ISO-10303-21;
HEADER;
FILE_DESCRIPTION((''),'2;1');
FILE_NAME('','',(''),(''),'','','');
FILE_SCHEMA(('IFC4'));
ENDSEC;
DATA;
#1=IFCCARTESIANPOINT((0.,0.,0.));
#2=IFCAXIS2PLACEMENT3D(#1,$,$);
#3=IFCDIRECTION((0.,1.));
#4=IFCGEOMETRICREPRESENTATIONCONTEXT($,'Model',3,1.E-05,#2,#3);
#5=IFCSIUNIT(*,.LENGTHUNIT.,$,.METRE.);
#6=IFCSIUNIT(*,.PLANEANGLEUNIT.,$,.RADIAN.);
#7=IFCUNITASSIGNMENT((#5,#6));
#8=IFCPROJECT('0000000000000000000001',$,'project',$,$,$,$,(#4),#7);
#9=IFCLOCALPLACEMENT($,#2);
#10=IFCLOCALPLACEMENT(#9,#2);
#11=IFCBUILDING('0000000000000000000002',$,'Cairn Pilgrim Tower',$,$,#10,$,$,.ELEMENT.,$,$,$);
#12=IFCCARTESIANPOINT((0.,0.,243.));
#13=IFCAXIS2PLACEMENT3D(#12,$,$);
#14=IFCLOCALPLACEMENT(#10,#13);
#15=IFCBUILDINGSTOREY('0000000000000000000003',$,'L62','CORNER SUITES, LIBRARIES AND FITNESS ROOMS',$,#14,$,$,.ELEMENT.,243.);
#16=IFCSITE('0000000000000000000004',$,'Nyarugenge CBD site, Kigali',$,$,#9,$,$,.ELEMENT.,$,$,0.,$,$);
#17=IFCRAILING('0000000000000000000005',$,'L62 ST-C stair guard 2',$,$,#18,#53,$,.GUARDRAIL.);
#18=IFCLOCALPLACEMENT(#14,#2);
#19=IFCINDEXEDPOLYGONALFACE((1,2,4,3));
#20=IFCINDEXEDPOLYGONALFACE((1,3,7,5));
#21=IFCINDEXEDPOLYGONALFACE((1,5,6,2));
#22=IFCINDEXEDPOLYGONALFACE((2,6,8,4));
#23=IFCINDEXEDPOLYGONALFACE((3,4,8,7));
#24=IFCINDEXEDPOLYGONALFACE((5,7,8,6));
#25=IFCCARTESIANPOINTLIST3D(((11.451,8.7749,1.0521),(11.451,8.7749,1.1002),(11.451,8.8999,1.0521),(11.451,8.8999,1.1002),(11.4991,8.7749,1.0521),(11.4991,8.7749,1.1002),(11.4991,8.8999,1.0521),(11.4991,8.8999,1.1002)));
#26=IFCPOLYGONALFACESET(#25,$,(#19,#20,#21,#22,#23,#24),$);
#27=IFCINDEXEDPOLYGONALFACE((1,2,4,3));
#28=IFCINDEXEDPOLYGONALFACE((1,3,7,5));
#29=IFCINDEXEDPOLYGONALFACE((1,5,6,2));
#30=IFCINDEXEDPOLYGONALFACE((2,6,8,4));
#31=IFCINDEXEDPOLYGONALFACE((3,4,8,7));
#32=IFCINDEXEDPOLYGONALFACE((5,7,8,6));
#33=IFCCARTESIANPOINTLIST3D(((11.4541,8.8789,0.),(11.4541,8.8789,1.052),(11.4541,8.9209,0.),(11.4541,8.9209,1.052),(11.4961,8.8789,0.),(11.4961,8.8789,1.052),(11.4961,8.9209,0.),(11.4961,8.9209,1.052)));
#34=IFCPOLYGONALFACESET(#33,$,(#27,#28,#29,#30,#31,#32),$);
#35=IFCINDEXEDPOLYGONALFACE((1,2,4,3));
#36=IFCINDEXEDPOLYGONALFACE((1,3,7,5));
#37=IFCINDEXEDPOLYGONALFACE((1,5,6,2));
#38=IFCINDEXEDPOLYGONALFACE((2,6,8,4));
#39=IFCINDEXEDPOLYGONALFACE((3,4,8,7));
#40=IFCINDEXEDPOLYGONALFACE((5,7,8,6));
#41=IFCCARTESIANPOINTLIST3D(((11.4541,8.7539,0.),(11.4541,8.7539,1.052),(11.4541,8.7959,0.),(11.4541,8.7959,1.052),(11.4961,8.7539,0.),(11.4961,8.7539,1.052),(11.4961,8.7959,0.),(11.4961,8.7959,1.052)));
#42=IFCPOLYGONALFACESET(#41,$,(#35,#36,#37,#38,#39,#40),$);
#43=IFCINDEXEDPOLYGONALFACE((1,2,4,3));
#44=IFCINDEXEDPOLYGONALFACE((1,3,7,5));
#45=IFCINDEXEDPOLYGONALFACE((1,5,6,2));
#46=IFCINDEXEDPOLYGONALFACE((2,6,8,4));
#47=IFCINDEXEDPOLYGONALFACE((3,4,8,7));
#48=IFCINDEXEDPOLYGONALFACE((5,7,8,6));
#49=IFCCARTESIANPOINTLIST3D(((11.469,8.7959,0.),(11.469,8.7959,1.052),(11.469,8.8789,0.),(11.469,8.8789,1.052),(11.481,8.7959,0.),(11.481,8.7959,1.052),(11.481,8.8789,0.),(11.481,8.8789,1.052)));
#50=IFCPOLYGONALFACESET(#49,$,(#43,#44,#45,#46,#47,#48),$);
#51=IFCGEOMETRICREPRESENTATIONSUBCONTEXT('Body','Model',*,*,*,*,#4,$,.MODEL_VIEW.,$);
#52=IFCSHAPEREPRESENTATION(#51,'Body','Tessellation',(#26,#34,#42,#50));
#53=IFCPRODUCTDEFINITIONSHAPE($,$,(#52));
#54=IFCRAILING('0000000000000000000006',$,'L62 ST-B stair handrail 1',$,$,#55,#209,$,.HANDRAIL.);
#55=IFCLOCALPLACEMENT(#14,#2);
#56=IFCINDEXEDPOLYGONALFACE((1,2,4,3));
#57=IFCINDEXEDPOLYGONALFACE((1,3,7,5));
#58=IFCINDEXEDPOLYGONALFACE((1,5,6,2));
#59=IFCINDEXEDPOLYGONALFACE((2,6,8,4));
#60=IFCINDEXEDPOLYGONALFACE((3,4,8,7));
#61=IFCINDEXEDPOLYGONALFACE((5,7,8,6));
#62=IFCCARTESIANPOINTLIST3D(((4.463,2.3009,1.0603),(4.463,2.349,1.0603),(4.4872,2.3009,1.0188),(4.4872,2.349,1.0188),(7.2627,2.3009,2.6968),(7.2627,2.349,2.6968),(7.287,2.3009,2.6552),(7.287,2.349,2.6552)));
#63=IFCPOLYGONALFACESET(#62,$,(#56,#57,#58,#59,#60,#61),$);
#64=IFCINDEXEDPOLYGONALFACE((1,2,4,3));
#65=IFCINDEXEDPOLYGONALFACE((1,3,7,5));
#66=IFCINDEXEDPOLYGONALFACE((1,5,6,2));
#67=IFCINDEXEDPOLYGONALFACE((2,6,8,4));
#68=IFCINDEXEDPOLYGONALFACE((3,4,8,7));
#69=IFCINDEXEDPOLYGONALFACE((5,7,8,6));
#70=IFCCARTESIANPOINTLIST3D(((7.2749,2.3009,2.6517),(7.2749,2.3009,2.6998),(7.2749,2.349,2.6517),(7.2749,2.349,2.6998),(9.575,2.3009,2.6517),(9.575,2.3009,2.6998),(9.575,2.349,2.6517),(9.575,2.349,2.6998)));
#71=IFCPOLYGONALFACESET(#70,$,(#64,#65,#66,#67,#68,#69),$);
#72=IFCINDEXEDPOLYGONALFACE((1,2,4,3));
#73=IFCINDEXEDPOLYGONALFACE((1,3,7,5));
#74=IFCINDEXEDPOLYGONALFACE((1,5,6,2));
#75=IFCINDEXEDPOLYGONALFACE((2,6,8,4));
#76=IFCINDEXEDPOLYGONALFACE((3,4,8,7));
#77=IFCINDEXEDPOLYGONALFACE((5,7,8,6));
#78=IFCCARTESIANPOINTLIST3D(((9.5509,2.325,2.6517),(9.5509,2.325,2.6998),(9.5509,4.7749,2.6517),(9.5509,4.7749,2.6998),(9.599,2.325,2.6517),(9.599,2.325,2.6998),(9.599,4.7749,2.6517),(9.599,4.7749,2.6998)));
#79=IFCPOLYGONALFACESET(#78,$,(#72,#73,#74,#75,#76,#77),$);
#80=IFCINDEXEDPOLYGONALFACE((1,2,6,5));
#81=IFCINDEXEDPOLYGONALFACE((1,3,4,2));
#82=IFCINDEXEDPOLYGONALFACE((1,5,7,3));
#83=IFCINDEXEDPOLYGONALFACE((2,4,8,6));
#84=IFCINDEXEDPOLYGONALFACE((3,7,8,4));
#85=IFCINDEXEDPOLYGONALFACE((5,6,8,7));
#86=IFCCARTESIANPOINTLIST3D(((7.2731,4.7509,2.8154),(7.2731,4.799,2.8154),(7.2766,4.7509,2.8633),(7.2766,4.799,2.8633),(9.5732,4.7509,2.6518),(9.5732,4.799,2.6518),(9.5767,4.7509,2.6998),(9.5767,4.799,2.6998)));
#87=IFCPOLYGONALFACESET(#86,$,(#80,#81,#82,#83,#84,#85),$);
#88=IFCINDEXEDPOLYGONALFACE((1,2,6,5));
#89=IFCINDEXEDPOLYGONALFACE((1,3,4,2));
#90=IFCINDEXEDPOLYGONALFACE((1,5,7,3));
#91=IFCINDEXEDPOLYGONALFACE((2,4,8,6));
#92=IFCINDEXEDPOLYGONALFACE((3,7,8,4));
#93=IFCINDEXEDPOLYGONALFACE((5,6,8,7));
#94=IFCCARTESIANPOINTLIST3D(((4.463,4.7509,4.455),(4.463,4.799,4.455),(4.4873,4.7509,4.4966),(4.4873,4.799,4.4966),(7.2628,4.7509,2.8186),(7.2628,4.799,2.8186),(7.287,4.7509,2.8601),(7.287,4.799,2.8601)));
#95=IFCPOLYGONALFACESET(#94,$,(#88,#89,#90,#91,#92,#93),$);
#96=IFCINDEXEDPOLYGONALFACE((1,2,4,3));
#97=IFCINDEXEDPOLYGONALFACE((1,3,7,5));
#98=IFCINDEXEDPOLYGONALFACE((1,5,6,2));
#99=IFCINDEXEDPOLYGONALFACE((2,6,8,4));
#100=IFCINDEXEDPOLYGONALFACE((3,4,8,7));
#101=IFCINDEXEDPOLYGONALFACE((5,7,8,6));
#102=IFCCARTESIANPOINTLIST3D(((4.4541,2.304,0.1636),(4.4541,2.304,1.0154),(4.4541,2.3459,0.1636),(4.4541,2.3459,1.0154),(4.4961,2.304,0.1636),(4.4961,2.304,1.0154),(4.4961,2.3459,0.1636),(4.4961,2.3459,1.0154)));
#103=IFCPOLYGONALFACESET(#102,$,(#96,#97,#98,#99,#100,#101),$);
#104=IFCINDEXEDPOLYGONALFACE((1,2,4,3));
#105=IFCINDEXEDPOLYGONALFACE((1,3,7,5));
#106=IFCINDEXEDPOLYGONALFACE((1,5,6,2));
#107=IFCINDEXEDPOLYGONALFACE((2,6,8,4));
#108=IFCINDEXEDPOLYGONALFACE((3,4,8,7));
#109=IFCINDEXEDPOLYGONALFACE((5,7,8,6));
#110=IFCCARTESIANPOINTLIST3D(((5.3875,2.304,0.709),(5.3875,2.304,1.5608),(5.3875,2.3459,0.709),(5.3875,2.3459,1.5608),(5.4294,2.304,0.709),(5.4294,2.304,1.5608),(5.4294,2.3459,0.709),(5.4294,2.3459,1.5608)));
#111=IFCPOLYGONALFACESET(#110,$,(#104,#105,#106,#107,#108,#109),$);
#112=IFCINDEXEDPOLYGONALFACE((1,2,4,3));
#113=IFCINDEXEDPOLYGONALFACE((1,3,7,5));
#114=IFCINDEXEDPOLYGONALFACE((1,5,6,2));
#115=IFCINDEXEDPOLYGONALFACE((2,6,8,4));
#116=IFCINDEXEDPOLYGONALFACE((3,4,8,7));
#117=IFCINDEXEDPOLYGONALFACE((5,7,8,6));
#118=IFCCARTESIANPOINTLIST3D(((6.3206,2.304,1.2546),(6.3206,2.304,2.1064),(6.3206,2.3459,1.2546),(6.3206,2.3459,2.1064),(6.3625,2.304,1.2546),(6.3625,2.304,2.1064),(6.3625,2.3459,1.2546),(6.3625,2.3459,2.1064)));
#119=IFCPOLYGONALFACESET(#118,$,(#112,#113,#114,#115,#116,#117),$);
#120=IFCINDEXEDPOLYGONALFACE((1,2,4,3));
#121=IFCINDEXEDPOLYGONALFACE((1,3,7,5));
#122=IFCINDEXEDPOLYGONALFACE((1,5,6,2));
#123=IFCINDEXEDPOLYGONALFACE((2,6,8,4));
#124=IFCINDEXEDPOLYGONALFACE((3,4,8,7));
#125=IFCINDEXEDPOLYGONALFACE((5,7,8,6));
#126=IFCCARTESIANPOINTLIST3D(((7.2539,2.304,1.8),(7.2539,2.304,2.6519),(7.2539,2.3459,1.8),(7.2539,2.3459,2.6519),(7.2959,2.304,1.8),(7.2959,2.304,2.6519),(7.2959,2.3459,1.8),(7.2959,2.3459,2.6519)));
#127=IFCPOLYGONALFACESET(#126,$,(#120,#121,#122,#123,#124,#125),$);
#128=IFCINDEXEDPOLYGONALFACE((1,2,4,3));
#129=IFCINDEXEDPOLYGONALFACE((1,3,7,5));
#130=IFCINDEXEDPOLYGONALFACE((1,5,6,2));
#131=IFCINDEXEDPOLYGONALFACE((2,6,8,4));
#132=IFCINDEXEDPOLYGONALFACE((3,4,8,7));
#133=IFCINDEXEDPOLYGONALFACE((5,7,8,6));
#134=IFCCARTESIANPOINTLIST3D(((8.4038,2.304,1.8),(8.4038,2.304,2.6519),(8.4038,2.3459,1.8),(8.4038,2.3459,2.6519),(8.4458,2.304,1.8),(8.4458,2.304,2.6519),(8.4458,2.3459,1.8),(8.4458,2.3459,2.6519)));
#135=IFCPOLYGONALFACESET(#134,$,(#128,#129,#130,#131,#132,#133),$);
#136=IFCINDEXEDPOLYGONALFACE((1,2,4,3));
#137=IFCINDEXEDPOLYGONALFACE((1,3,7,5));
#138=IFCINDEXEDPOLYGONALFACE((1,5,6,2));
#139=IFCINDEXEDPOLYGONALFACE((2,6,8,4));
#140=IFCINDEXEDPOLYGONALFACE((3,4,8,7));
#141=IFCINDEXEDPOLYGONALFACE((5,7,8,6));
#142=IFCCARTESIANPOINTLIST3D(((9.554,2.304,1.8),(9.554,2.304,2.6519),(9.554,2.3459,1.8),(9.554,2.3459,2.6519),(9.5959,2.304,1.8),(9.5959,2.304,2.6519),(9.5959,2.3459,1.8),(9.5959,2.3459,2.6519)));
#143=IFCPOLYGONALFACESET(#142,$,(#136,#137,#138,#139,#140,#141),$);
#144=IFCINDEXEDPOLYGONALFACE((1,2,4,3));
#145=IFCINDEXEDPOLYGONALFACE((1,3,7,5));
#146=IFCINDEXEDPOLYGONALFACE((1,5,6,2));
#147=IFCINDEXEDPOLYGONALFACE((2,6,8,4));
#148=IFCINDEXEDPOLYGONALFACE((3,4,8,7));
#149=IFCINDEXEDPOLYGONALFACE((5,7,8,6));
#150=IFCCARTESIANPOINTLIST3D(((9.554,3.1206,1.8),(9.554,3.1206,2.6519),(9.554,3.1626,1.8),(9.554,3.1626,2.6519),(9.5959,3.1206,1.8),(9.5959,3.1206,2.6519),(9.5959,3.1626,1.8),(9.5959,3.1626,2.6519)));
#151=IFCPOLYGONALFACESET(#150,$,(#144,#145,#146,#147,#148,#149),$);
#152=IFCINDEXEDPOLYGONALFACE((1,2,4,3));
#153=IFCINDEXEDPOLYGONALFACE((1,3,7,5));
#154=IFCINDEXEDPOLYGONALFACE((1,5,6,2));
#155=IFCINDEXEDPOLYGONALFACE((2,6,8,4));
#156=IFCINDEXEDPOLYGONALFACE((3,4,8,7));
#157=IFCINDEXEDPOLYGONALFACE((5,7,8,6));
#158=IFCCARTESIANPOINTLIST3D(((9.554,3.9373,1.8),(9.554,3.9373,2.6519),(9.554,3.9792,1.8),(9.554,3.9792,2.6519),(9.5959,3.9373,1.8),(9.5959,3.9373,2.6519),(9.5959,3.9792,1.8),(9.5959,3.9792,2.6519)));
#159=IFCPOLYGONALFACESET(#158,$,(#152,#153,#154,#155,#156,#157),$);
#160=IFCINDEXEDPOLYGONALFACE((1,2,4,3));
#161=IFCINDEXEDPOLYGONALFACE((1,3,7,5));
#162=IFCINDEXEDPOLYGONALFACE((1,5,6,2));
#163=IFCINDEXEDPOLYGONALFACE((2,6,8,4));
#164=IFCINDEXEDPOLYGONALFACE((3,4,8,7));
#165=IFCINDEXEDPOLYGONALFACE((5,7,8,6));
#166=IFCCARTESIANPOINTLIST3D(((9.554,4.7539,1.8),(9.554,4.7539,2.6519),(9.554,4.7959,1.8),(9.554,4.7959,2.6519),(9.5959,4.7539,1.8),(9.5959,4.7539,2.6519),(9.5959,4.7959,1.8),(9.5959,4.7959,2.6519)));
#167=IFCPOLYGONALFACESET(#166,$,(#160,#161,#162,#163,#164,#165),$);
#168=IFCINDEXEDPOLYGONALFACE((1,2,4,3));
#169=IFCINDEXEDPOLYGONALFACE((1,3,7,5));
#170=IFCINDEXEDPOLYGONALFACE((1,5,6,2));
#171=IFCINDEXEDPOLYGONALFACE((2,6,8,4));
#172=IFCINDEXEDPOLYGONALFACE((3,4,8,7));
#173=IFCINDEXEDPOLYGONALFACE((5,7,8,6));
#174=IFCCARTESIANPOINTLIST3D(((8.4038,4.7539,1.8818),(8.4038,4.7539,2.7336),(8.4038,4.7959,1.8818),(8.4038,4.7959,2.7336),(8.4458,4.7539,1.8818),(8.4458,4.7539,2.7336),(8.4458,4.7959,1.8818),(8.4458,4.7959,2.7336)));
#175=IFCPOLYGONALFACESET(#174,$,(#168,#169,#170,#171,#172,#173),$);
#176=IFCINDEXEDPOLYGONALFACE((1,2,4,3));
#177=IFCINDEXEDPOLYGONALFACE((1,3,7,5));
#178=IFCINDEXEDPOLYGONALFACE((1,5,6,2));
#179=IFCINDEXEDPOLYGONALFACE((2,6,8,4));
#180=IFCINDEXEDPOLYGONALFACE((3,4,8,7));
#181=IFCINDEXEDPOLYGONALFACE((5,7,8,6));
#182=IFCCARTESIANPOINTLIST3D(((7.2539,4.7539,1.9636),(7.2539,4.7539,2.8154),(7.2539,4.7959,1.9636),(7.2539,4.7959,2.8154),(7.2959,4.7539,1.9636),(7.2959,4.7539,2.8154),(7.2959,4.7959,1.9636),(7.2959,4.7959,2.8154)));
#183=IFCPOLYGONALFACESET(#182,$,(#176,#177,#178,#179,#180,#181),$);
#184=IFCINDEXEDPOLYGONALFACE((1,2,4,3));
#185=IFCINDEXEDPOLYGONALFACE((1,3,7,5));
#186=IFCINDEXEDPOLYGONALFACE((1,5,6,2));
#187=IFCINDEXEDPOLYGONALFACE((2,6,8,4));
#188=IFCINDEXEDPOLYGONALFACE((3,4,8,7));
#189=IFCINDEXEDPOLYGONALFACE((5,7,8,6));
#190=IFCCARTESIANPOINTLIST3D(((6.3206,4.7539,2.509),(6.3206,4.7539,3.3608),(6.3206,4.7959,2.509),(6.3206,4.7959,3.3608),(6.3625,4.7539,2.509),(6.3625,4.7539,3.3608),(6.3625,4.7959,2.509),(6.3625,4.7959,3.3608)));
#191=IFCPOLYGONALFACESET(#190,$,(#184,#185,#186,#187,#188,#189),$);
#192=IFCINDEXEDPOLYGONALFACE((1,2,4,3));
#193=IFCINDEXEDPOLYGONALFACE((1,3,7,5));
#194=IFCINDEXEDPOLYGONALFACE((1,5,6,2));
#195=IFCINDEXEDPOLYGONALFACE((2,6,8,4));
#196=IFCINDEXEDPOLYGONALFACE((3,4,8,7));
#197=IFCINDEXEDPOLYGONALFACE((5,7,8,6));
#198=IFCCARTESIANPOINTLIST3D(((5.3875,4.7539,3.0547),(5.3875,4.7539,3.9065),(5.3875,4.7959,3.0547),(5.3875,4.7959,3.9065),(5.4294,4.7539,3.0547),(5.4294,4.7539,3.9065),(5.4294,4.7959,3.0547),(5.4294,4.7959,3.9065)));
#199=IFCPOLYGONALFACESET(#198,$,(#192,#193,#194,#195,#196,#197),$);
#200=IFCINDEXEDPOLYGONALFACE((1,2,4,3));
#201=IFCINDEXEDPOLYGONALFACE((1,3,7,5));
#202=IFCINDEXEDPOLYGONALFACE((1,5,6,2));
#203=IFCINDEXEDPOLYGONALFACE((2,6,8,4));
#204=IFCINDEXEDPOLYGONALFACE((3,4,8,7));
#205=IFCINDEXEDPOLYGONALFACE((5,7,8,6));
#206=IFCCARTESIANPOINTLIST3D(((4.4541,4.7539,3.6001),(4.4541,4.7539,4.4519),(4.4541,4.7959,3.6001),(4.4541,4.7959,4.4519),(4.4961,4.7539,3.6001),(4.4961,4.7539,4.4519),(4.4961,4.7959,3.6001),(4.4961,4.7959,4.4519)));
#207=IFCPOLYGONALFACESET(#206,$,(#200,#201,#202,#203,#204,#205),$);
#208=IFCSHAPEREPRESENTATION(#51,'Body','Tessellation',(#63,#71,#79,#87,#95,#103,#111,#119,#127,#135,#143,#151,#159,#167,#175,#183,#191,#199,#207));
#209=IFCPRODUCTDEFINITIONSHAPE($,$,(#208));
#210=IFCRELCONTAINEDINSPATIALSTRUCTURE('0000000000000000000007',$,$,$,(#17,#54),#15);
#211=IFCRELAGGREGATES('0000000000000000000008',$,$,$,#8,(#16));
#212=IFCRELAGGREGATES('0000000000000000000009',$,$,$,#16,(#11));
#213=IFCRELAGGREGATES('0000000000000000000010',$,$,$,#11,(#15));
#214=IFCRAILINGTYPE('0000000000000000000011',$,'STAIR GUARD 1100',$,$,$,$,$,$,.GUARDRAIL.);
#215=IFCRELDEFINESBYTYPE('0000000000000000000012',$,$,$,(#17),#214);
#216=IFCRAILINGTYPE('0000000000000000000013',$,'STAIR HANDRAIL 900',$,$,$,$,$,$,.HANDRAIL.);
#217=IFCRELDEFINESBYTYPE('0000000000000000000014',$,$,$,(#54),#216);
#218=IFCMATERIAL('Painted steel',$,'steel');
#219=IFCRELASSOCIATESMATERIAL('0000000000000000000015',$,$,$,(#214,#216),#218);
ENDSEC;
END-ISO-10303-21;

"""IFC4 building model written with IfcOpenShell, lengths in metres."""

from ifc_helpers import new_model, si_unit, direction, frame, origin, origin_2d, place, context, subcontext, project, spatial, polyline, rectangle, outline, extrude, material, type_object, element, save


model = new_model("IFC4")

# Units and contexts
model_context = context("Model", 3, precision=1e-05, world=origin(), true_north=direction((0.0, 1.0)))
body_context = subcontext(model_context, "Body", "Model", "MODEL_VIEW")
ifc_project = project(units=[si_unit("LENGTHUNIT", "METRE"), si_unit("PLANEANGLEUNIT", "RADIAN")], contexts=[model_context])

# Site, building, storey
site_placement = place(None, origin())
site = spatial("IfcSite", under=ifc_project, at=site_placement, Name="Nyarugenge CBD site, Kigali", CompositionType="ELEMENT", RefElevation=0.0)
building_placement = place(site_placement, origin())
building = spatial("IfcBuilding", under=site, at=building_placement, Name="Cairn Pilgrim Tower", CompositionType="ELEMENT")
storey_placement = place(building_placement, frame((0.0, 0.0, 243.0)))
storey = spatial("IfcBuildingStorey", under=building, at=storey_placement, Name="L62", Description="CORNER SUITES, LIBRARIES AND FITNESS ROOMS", CompositionType="ELEMENT", Elevation=243.0)

# Shared definitions
ifc_material_1 = material(Name="Painted steel", Category="steel")

# Railings
railing_type_1 = type_object("IfcRailingType", Name="STAIR GUARD 1100", PredefinedType="GUARDRAIL", material=ifc_material_1)
railing_1_placement = place(storey_placement, frame((11.4751, 8.8999, 0.0)))
element("IfcRailing", 1, at=railing_1_placement, inside=storey, type_object=railing_type_1, Name="L62 ST-C stair guard 2", PredefinedType="GUARDRAIL", context=body_context, shape_type="SweptSolid", body=[
    extrude(rectangle(XDim=0.0481, YDim=0.0481, at=origin_2d()), frame((0.0, 0.0, 1.0762), z_axis=(0.0, -1.0, 0.0), x_axis=(1.0, 0.0, 0.0)), (0.0, 0.0, 1.0), 0.125),
    extrude(rectangle(XDim=0.042, YDim=0.042, at=origin_2d()), origin(), (0.0, 0.0, 1.0), 1.052),
    extrude(rectangle(XDim=0.042, YDim=0.042, at=origin_2d()), frame((0.0, -0.125, 0.0)), (0.0, 0.0, 1.0), 1.052),
    extrude(outline(polyline([(0.021, 0.0), (0.104, 0.0), (0.104, 1.052), (0.021, 1.052), (0.021, 0.0)])), frame((0.0059, 0.0, 0.0), z_axis=(-1.0, 0.0, 0.0), x_axis=(0.0, -1.0, 0.0)), (0.0, 0.0, 1.0), 0.012),
])
railing_type_2 = type_object("IfcRailingType", Name="STAIR HANDRAIL 900", PredefinedType="HANDRAIL", material=ifc_material_1)
railing_2_placement = place(storey_placement, frame((4.4751, 2.325, 0.1636)))
element("IfcRailing", 2, at=railing_2_placement, inside=storey, type_object=railing_type_2, Name="L62 ST-B stair handrail 1", PredefinedType="HANDRAIL", context=body_context, shape_type="SweptSolid", body=[
    extrude(rectangle(XDim=0.0481, YDim=0.0481, at=origin_2d()), frame((0.0, 0.0, 0.876), z_axis=(0.863342, 0.0, 0.50462), x_axis=(0.0, 1.0, 0.0)), (0.0, 0.0, 1.0), 3.2429),
    extrude(rectangle(XDim=0.0481, YDim=0.0481, at=origin_2d()), frame((2.7998, 0.0, 2.5122), z_axis=(1.0, 0.0, 0.0), x_axis=(0.0, 1.0, 0.0)), (0.0, 0.0, 1.0), 2.3),
    extrude(rectangle(XDim=0.0481, YDim=0.0481, at=origin_2d()), frame((5.0999, 0.0, 2.5122), z_axis=(0.0, 1.0, 0.0), x_axis=(-1.0, 0.0, 0.0)), (0.0, 0.0, 1.0), 2.45),
    extrude(rectangle(XDim=0.0481, YDim=0.0481, at=origin_2d()), frame((5.0999, 2.45, 2.5122), z_axis=(-0.997481, 0.0, 0.070939), x_axis=(0.0, -1.0, 0.0)), (0.0, 0.0, 1.0), 2.3059),
    extrude(rectangle(XDim=0.0481, YDim=0.0481, at=origin_2d()), frame((2.7998, 2.45, 2.6758), z_axis=(-0.863342, 0.0, 0.50462), x_axis=(0.0, -1.0, 0.0)), (0.0, 0.0, 1.0), 3.2429),
    extrude(rectangle(XDim=0.042, YDim=0.042, at=origin_2d()), origin(), (0.0, 0.0, 1.0), 0.8518),
    extrude(rectangle(XDim=0.042, YDim=0.042, at=origin_2d()), frame((0.9333, 0.0, 0.5454)), (0.0, 0.0, 1.0), 0.8518),
    extrude(rectangle(XDim=0.042, YDim=0.042, at=origin_2d()), frame((1.8665, 0.0, 1.0911)), (0.0, 0.0, 1.0), 0.8518),
    extrude(rectangle(XDim=0.042, YDim=0.042, at=origin_2d()), frame((2.7998, 0.0, 1.6365)), (0.0, 0.0, 1.0), 0.8518),
    extrude(rectangle(XDim=0.042, YDim=0.042, at=origin_2d()), frame((3.9497, 0.0, 1.6365)), (0.0, 0.0, 1.0), 0.8518),
    extrude(rectangle(XDim=0.042, YDim=0.042, at=origin_2d()), frame((5.0999, 0.0, 1.6365)), (0.0, 0.0, 1.0), 0.8518),
    extrude(rectangle(XDim=0.042, YDim=0.042, at=origin_2d()), frame((5.0999, 0.8167, 1.6365)), (0.0, 0.0, 1.0), 0.8518),
    extrude(rectangle(XDim=0.042, YDim=0.042, at=origin_2d()), frame((5.0999, 1.6333, 1.6365)), (0.0, 0.0, 1.0), 0.8518),
    extrude(rectangle(XDim=0.042, YDim=0.042, at=origin_2d()), frame((5.0999, 2.45, 1.6365)), (0.0, 0.0, 1.0), 0.8518),
    extrude(rectangle(XDim=0.042, YDim=0.042, at=origin_2d()), frame((3.9497, 2.45, 1.7183)), (0.0, 0.0, 1.0), 0.8518),
    extrude(rectangle(XDim=0.042, YDim=0.042, at=origin_2d()), frame((2.7998, 2.45, 1.8)), (0.0, 0.0, 1.0), 0.8518),
    extrude(rectangle(XDim=0.042, YDim=0.042, at=origin_2d()), frame((1.8665, 2.45, 2.3455)), (0.0, 0.0, 1.0), 0.8518),
    extrude(rectangle(XDim=0.042, YDim=0.042, at=origin_2d()), frame((0.9333, 2.45, 2.8911)), (0.0, 0.0, 1.0), 0.8518),
    extrude(rectangle(XDim=0.042, YDim=0.042, at=origin_2d()), frame((0.0, 2.45, 3.4365)), (0.0, 0.0, 1.0), 0.8518),
])

save(model, "model.ifc")
